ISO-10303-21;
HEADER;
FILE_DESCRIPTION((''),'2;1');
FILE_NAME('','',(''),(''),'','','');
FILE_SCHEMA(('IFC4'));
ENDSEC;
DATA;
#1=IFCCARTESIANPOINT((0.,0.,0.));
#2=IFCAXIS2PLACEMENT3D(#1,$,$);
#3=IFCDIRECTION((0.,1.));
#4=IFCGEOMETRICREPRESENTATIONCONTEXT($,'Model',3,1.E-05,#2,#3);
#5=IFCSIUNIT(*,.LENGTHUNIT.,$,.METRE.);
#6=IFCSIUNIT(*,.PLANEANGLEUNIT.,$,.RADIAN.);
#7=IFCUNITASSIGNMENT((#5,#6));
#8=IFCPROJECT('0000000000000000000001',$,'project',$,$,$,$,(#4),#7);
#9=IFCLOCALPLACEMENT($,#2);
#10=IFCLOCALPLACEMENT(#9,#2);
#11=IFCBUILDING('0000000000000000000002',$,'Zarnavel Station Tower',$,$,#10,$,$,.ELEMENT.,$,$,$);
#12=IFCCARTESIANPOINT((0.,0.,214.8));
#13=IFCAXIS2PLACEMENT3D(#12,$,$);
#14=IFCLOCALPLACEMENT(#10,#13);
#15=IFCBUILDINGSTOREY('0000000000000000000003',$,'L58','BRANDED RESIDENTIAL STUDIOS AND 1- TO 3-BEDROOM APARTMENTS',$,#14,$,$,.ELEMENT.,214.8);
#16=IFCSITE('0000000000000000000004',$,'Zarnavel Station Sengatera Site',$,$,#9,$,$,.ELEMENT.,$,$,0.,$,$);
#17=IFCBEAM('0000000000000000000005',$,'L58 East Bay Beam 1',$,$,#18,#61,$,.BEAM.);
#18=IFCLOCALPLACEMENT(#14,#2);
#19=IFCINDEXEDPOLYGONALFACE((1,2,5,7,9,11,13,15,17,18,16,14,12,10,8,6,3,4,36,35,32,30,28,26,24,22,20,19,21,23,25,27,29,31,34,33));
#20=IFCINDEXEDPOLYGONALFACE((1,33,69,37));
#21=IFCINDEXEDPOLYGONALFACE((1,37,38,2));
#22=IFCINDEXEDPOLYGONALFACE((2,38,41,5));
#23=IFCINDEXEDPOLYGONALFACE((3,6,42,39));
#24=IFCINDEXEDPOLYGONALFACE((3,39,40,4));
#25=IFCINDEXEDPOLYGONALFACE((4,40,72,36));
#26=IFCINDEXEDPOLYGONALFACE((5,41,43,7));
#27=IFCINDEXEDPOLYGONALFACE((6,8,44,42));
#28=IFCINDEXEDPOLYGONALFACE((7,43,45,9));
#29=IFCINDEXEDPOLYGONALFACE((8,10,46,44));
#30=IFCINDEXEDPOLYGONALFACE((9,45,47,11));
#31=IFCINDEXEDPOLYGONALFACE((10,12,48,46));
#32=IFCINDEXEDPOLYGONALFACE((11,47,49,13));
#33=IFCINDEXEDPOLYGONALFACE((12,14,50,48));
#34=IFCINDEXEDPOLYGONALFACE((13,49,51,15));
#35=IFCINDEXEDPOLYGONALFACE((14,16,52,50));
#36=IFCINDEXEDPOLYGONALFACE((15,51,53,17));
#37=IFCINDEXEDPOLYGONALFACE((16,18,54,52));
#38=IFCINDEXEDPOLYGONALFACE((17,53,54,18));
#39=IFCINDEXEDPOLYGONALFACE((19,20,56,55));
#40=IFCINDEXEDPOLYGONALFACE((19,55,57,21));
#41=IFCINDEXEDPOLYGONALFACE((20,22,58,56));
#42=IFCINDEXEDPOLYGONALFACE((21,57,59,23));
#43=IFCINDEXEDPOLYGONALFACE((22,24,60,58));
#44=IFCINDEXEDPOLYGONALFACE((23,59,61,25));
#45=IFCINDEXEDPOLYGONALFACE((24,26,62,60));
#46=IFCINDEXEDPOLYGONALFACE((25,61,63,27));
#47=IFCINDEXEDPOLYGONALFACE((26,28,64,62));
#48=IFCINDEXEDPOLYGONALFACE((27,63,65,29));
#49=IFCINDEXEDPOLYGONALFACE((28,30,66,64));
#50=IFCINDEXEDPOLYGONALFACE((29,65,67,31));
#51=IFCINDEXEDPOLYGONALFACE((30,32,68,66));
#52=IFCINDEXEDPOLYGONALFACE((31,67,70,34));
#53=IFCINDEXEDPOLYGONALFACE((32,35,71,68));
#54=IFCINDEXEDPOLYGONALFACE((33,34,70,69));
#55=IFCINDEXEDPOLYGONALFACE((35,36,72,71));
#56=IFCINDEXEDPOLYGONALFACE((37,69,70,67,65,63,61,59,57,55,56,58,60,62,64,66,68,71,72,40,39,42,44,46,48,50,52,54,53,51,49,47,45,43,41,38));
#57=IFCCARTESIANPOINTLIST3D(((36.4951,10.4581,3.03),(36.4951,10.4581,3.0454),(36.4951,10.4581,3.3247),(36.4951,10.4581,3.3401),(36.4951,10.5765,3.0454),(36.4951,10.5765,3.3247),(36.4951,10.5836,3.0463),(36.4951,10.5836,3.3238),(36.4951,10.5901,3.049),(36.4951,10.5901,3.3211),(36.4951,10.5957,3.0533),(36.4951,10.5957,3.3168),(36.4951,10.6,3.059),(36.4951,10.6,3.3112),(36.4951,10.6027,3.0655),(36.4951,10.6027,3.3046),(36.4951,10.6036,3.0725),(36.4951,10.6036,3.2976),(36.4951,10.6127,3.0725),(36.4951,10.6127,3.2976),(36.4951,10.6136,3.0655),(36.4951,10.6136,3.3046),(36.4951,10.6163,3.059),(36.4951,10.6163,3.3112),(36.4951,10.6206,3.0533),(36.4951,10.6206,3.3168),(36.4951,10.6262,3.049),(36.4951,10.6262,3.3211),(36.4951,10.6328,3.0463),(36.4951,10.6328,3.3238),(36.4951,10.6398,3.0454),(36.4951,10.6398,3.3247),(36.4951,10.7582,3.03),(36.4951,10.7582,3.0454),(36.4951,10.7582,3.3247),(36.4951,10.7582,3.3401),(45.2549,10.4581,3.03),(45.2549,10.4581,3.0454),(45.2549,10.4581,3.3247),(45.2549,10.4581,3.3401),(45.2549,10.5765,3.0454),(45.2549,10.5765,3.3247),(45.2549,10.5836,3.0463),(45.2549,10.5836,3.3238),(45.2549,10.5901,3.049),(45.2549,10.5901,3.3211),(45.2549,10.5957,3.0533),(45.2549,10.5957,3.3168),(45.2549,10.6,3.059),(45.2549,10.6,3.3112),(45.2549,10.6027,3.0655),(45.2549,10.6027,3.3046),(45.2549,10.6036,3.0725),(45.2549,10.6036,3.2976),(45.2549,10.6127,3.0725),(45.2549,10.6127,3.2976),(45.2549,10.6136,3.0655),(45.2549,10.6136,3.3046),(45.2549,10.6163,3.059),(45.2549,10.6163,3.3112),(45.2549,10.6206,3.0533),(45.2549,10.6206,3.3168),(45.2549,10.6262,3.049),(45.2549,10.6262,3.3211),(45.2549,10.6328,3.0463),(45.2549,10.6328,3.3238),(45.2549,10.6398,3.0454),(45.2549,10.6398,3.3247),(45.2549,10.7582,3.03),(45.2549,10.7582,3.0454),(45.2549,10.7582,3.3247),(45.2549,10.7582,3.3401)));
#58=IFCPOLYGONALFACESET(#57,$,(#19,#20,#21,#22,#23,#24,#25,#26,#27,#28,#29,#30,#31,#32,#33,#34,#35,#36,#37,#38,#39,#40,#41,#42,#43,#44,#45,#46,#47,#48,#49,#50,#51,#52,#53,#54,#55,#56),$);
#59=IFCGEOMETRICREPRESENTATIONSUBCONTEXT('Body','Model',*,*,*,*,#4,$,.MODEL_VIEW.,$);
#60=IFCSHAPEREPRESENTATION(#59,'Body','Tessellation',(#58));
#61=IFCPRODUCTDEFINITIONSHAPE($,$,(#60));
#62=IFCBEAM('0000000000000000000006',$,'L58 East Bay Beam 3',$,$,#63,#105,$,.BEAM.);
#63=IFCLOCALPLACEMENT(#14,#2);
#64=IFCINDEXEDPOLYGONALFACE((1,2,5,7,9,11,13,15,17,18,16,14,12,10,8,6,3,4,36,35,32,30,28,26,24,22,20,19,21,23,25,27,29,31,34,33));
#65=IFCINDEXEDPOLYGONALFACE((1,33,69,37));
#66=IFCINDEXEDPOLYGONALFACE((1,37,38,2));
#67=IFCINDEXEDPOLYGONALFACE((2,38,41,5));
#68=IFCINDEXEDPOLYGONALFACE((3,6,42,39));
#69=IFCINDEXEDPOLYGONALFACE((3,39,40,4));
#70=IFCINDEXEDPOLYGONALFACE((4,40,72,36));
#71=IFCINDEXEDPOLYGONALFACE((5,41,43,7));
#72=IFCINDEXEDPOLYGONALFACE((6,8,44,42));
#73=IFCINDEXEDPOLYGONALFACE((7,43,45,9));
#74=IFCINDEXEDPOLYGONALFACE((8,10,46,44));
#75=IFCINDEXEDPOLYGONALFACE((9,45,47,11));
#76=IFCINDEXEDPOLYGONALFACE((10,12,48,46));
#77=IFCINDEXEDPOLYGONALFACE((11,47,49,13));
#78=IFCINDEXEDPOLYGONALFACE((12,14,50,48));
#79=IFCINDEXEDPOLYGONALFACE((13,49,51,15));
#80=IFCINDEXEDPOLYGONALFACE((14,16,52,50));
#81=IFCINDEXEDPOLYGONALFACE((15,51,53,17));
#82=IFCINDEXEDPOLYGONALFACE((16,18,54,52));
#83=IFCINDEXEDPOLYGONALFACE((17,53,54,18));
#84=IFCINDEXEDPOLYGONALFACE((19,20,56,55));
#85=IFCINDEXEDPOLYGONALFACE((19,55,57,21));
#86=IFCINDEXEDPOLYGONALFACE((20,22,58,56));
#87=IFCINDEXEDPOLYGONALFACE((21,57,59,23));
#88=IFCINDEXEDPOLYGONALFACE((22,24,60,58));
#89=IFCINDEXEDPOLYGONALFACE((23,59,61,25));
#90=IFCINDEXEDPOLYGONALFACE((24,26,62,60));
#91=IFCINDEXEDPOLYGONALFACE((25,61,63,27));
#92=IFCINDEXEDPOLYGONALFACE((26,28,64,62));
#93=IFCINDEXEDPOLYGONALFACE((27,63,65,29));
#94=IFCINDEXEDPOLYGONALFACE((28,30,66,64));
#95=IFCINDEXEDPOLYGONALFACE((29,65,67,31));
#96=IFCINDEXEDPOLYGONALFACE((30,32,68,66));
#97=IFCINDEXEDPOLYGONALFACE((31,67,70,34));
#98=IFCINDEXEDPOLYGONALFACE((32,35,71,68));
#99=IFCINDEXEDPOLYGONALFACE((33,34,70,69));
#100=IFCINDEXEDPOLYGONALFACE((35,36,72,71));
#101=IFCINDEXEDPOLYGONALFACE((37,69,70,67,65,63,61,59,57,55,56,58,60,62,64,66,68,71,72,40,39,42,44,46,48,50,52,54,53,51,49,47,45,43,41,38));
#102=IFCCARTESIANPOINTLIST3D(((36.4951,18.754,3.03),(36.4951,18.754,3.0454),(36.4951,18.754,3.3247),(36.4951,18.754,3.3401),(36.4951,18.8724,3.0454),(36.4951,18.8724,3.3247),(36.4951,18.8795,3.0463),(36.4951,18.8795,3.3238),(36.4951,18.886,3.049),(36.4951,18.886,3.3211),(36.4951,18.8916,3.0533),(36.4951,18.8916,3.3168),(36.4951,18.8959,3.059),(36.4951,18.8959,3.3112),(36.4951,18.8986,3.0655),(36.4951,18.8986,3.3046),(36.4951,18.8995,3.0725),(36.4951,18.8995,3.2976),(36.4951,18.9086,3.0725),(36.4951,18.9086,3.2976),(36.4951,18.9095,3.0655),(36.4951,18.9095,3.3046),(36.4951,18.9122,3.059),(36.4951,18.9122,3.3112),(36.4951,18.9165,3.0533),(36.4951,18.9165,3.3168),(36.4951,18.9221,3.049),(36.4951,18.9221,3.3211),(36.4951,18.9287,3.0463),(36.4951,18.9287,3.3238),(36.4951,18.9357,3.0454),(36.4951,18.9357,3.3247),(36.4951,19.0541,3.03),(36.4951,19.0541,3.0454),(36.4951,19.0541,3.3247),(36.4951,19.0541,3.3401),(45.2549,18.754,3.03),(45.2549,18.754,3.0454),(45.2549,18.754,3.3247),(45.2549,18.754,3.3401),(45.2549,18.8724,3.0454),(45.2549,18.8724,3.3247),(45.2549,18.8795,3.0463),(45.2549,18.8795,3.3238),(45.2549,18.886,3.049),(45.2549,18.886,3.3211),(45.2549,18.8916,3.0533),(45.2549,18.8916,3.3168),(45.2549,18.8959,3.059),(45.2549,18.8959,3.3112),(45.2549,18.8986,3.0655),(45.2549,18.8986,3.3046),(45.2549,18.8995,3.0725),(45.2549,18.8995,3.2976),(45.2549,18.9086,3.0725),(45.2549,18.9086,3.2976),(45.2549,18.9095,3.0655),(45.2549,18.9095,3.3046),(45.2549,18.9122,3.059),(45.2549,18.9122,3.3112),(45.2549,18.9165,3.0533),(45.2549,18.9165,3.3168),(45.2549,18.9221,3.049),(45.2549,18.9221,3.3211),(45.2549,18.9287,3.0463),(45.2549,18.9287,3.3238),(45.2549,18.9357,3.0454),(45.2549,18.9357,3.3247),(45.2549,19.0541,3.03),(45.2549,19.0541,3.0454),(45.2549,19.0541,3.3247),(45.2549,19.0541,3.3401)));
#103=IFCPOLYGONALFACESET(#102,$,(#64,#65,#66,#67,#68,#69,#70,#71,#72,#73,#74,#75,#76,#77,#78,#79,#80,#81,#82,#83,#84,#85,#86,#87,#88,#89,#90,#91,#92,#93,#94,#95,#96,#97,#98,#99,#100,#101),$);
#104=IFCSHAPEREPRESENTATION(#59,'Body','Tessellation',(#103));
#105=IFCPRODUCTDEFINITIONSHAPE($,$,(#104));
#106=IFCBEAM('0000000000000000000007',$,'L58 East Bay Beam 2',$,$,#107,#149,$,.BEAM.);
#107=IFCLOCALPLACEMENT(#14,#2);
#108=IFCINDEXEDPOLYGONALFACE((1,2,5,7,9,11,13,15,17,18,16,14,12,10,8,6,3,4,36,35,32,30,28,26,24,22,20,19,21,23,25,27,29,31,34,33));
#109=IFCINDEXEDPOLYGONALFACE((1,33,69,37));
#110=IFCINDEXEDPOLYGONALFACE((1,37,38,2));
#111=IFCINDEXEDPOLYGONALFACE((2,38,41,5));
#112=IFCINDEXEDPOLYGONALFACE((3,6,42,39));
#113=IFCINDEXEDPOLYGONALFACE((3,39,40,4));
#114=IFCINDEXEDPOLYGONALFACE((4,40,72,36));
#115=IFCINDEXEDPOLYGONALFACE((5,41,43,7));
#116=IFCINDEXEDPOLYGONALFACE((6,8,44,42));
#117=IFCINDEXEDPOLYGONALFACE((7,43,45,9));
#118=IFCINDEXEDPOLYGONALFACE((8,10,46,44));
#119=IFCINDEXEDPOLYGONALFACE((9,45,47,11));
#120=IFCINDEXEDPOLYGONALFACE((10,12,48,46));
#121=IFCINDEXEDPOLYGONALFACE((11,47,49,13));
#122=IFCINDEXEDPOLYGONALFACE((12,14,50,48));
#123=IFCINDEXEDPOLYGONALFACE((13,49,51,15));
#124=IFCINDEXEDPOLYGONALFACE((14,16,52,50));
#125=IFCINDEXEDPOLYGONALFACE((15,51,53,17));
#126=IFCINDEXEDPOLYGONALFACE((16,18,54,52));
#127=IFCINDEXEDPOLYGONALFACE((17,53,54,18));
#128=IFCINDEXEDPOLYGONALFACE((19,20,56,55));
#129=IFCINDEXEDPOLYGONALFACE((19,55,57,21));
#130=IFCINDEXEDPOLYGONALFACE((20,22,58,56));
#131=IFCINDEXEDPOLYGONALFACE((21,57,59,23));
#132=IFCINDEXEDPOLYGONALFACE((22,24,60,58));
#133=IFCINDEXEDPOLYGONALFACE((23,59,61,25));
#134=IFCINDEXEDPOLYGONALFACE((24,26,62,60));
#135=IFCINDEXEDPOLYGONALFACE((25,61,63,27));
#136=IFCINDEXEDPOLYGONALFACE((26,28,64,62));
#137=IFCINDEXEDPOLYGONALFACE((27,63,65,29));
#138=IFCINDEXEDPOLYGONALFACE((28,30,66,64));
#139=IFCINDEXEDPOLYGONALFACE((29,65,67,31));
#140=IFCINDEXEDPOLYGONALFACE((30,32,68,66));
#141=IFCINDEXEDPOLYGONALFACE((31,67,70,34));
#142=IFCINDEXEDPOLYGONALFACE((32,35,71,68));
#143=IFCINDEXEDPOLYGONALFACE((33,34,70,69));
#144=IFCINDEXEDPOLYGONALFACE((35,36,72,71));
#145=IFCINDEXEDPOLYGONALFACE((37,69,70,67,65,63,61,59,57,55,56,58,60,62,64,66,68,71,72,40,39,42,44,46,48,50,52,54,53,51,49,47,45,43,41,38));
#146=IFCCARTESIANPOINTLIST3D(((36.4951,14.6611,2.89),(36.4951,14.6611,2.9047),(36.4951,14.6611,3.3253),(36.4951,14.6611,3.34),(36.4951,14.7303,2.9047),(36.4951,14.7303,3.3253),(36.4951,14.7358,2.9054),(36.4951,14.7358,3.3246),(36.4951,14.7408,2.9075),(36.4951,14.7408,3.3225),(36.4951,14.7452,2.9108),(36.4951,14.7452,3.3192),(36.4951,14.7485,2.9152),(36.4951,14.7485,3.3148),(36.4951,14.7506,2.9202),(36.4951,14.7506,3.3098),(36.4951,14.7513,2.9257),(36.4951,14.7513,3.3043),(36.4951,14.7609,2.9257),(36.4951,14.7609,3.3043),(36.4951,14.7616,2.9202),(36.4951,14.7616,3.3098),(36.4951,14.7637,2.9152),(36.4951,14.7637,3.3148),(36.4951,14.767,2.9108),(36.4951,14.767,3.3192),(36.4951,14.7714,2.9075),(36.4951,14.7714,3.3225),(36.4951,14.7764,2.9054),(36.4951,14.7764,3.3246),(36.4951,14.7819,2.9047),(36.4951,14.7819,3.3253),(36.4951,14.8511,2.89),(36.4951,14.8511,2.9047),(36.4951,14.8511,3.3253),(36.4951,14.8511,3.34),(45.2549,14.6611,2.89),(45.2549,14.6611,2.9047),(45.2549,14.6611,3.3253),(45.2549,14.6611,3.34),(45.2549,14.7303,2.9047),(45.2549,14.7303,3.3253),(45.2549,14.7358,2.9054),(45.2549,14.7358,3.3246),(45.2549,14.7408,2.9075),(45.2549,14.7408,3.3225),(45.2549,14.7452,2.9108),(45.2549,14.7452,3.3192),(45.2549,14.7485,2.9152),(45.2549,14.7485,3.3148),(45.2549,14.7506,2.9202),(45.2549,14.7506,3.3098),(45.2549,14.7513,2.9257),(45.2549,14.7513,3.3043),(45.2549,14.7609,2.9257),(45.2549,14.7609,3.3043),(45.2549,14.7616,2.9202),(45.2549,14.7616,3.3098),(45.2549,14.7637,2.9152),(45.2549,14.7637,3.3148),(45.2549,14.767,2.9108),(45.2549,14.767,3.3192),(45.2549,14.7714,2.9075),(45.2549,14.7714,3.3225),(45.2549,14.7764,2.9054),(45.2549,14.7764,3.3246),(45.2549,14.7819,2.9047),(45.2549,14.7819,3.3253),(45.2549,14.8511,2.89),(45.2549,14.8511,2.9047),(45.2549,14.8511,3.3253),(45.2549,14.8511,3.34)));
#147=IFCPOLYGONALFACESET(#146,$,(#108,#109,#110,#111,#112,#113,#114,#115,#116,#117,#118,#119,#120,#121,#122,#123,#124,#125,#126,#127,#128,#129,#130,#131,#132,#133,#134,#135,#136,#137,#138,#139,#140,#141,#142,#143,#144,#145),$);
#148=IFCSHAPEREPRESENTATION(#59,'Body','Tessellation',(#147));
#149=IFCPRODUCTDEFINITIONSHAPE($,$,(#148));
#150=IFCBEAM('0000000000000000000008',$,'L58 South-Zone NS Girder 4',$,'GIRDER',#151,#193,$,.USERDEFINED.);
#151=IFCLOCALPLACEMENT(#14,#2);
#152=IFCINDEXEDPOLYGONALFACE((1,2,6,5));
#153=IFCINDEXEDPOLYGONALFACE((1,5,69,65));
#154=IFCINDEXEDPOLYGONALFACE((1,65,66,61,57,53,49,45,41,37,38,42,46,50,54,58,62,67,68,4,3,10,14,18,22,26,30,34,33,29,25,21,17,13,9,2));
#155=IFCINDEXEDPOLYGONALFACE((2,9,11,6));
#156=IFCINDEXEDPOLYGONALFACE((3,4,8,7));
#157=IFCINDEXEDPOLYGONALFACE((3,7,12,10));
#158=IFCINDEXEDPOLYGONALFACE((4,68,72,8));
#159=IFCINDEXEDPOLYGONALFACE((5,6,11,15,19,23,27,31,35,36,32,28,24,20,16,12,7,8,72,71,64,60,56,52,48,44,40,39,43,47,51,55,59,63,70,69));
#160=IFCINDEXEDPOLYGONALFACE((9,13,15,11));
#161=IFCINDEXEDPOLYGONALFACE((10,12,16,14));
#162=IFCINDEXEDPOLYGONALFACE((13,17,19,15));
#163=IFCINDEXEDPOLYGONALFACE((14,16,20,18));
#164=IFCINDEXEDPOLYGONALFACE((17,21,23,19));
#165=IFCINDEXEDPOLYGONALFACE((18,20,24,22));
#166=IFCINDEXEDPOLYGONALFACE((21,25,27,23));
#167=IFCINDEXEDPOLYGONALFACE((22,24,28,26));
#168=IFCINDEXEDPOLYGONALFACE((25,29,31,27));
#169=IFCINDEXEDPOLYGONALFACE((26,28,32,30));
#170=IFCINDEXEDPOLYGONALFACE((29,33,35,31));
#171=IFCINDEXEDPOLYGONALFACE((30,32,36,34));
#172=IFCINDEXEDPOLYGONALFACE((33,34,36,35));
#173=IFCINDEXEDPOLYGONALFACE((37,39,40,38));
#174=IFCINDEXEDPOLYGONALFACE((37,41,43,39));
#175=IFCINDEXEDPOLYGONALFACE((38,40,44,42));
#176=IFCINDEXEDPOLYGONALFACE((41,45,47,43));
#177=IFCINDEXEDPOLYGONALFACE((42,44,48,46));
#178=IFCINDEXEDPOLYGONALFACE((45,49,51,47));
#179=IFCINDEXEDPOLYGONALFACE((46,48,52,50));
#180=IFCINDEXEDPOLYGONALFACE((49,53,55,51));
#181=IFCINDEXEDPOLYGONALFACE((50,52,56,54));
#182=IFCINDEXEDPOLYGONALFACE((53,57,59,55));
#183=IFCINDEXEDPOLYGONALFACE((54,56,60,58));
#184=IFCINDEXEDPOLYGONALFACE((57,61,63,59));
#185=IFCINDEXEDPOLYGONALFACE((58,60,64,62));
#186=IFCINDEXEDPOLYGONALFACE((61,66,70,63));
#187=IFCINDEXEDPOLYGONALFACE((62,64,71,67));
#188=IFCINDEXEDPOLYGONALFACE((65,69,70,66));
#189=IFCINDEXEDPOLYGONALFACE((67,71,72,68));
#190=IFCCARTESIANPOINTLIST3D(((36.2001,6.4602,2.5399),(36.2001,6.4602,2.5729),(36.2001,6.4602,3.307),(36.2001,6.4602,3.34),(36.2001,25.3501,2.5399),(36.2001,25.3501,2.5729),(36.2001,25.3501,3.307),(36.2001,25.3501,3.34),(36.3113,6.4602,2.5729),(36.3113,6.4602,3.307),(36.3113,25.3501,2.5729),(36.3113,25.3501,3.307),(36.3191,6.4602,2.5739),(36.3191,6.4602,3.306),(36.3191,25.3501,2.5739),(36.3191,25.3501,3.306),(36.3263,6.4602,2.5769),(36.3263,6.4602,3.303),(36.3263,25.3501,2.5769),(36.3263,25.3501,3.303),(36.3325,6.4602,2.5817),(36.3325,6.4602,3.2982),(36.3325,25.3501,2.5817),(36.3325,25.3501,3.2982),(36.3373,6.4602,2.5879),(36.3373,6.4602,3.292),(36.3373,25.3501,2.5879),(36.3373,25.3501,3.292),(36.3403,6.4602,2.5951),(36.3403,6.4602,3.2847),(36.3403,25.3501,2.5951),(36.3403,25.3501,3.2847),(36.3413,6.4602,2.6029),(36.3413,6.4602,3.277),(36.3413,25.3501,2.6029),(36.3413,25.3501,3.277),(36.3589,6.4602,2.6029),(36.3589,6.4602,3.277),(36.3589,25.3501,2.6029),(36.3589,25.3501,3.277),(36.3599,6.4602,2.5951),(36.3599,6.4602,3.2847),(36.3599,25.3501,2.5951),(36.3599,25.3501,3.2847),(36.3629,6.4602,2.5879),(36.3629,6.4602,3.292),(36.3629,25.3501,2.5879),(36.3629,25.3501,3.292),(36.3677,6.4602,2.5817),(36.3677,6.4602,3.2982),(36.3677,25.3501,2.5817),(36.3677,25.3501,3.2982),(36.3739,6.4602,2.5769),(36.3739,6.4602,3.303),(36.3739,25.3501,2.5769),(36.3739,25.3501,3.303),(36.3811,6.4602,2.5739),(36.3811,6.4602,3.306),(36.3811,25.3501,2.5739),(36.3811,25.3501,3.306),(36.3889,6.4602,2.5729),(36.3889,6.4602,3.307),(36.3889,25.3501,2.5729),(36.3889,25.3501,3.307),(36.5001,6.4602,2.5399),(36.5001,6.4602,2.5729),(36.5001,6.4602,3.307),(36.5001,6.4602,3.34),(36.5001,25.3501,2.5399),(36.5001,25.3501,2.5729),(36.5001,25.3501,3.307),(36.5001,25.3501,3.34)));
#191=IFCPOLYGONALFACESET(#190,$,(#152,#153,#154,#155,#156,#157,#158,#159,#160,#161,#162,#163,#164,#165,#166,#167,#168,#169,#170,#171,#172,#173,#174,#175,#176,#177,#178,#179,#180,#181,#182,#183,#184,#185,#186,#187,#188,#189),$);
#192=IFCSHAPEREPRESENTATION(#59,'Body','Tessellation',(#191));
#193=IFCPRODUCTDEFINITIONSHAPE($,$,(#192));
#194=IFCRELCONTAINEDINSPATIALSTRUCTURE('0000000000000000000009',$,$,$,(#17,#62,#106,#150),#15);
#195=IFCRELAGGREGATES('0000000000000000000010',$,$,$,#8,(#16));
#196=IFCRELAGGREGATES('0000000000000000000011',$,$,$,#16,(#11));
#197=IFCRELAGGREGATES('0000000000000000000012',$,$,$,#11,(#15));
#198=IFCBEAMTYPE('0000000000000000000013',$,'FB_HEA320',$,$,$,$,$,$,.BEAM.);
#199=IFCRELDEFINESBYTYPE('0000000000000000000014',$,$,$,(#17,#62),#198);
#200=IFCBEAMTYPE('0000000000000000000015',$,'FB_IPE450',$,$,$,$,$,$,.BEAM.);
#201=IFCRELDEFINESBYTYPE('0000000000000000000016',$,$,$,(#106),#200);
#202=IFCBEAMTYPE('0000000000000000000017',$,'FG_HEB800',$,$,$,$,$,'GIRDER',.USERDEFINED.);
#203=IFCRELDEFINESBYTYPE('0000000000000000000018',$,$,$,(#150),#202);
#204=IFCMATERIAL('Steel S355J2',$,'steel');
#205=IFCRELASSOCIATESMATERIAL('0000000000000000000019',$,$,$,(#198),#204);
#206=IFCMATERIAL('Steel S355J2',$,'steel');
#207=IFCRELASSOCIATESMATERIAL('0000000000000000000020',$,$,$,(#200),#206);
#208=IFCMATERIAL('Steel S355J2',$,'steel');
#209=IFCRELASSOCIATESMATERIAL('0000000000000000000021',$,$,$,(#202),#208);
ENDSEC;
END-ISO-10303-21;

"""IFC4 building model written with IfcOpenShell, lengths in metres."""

from ifc_helpers import new_model, si_unit, direction, frame, origin, origin_2d, place, context, subcontext, project, spatial, i_section, extrude, material, material_profile, profile_set, type_object, element, save


model = new_model("IFC4")

# Units and contexts
model_context = context("Model", 3, precision=1e-05, world=origin(), true_north=direction((0.0, 1.0)))
body_context = subcontext(model_context, "Body", "Model", "MODEL_VIEW")
ifc_project = project(units=[si_unit("LENGTHUNIT", "METRE"), si_unit("PLANEANGLEUNIT", "RADIAN")], contexts=[model_context])

# Site, building, storey
site_placement = place(None, origin())
site = spatial("IfcSite", under=ifc_project, at=site_placement, Name="Zarnavel Station Sengatera Site", CompositionType="ELEMENT", RefElevation=0.0)
building_placement = place(site_placement, origin())
building = spatial("IfcBuilding", under=site, at=building_placement, Name="Zarnavel Station Tower", CompositionType="ELEMENT")
storey_placement = place(building_placement, frame((0.0, 0.0, 214.8)))
storey = spatial("IfcBuildingStorey", under=building, at=storey_placement, Name="L58", Description="BRANDED RESIDENTIAL STUDIOS AND 1- TO 3-BEDROOM APARTMENTS", CompositionType="ELEMENT", Elevation=214.8)

# Beams
ifc_material_1 = material(Name="Steel S355J2", Category="steel")
ifc_material_profile_1 = material_profile(ifc_material_1, i_section(OverallWidth=0.3, OverallDepth=0.3101, WebThickness=0.009, FlangeThickness=0.0154, FilletRadius=0.0271, at=origin_2d()), Name="HEA320")
ifc_profile_set_1 = profile_set([ifc_material_profile_1], Name="Steel S355J2")
beam_type_1 = type_object("IfcBeamType", Name="FB_HEA320", PredefinedType="BEAM", material=ifc_profile_set_1)
for number, where, z_axis, x_axis, name in (
    (1, (36.4951, 10.6082, 3.1851), (1.0, 0.0, 0.0), (0.0, 1.0, 0.0), "L58 East Bay Beam 1"),
    (2, (36.4951, 18.9041, 3.1851), (1.0, 0.0, 0.0), (0.0, 1.0, 0.0), "L58 East Bay Beam 3"),
):
    element("IfcBeam", number, at=place(storey_placement, frame(where, z_axis=z_axis, x_axis=x_axis)), inside=storey, type_object=beam_type_1, Name=name, PredefinedType="BEAM", context=body_context, shape_type="SweptSolid", body=[
        extrude(i_section(OverallWidth=0.3, OverallDepth=0.3101, WebThickness=0.009, FlangeThickness=0.0154, FilletRadius=0.0271, at=origin_2d()), origin(), (0.0, 0.0, 1.0), 8.7598),
    ])
ifc_material_2 = material(Name="Steel S355J2", Category="steel")
ifc_material_profile_2 = material_profile(ifc_material_2, i_section(OverallWidth=0.1899, OverallDepth=0.45, WebThickness=0.0095, FlangeThickness=0.0146, FilletRadius=0.021, at=origin_2d()), Name="IPE450")
ifc_profile_set_2 = profile_set([ifc_material_profile_2], Name="Steel S355J2")
beam_type_2 = type_object("IfcBeamType", Name="FB_IPE450", PredefinedType="BEAM", material=ifc_profile_set_2)
beam_1_placement = place(storey_placement, frame((36.4951, 14.7561, 3.115), z_axis=(1.0, 0.0, 0.0), x_axis=(0.0, 1.0, 0.0)))
element("IfcBeam", 3, at=beam_1_placement, inside=storey, type_object=beam_type_2, Name="L58 East Bay Beam 2", PredefinedType="BEAM", context=body_context, shape_type="SweptSolid", body=[
    extrude(i_section(OverallWidth=0.1899, OverallDepth=0.45, WebThickness=0.0095, FlangeThickness=0.0146, FilletRadius=0.021, at=origin_2d()), origin(), (0.0, 0.0, 1.0), 8.7598),
])
ifc_material_3 = material(Name="Steel S355J2", Category="steel")
ifc_material_profile_3 = material_profile(ifc_material_3, i_section(OverallWidth=0.3, OverallDepth=0.8, WebThickness=0.0176, FlangeThickness=0.033, FilletRadius=0.03, at=origin_2d()), Name="HEB800")
ifc_profile_set_3 = profile_set([ifc_material_profile_3], Name="Steel S355J2")
beam_type_3 = type_object("IfcBeamType", Name="FG_HEB800", ElementType="GIRDER", PredefinedType="USERDEFINED", material=ifc_profile_set_3)
beam_2_placement = place(storey_placement, frame((36.3501, 6.4602, 2.9399), z_axis=(0.0, 1.0, 0.0), x_axis=(-1.0, 0.0, 0.0)))
element("IfcBeam", 4, at=beam_2_placement, inside=storey, type_object=beam_type_3, Name="L58 South-Zone NS Girder 4", ObjectType="GIRDER", PredefinedType="USERDEFINED", context=body_context, shape_type="SweptSolid", body=[
    extrude(i_section(OverallWidth=0.3, OverallDepth=0.8, WebThickness=0.0176, FlangeThickness=0.033, FilletRadius=0.03, at=origin_2d()), origin(), (0.0, 0.0, 1.0), 18.8899),
])

save(model, "model.ifc")
